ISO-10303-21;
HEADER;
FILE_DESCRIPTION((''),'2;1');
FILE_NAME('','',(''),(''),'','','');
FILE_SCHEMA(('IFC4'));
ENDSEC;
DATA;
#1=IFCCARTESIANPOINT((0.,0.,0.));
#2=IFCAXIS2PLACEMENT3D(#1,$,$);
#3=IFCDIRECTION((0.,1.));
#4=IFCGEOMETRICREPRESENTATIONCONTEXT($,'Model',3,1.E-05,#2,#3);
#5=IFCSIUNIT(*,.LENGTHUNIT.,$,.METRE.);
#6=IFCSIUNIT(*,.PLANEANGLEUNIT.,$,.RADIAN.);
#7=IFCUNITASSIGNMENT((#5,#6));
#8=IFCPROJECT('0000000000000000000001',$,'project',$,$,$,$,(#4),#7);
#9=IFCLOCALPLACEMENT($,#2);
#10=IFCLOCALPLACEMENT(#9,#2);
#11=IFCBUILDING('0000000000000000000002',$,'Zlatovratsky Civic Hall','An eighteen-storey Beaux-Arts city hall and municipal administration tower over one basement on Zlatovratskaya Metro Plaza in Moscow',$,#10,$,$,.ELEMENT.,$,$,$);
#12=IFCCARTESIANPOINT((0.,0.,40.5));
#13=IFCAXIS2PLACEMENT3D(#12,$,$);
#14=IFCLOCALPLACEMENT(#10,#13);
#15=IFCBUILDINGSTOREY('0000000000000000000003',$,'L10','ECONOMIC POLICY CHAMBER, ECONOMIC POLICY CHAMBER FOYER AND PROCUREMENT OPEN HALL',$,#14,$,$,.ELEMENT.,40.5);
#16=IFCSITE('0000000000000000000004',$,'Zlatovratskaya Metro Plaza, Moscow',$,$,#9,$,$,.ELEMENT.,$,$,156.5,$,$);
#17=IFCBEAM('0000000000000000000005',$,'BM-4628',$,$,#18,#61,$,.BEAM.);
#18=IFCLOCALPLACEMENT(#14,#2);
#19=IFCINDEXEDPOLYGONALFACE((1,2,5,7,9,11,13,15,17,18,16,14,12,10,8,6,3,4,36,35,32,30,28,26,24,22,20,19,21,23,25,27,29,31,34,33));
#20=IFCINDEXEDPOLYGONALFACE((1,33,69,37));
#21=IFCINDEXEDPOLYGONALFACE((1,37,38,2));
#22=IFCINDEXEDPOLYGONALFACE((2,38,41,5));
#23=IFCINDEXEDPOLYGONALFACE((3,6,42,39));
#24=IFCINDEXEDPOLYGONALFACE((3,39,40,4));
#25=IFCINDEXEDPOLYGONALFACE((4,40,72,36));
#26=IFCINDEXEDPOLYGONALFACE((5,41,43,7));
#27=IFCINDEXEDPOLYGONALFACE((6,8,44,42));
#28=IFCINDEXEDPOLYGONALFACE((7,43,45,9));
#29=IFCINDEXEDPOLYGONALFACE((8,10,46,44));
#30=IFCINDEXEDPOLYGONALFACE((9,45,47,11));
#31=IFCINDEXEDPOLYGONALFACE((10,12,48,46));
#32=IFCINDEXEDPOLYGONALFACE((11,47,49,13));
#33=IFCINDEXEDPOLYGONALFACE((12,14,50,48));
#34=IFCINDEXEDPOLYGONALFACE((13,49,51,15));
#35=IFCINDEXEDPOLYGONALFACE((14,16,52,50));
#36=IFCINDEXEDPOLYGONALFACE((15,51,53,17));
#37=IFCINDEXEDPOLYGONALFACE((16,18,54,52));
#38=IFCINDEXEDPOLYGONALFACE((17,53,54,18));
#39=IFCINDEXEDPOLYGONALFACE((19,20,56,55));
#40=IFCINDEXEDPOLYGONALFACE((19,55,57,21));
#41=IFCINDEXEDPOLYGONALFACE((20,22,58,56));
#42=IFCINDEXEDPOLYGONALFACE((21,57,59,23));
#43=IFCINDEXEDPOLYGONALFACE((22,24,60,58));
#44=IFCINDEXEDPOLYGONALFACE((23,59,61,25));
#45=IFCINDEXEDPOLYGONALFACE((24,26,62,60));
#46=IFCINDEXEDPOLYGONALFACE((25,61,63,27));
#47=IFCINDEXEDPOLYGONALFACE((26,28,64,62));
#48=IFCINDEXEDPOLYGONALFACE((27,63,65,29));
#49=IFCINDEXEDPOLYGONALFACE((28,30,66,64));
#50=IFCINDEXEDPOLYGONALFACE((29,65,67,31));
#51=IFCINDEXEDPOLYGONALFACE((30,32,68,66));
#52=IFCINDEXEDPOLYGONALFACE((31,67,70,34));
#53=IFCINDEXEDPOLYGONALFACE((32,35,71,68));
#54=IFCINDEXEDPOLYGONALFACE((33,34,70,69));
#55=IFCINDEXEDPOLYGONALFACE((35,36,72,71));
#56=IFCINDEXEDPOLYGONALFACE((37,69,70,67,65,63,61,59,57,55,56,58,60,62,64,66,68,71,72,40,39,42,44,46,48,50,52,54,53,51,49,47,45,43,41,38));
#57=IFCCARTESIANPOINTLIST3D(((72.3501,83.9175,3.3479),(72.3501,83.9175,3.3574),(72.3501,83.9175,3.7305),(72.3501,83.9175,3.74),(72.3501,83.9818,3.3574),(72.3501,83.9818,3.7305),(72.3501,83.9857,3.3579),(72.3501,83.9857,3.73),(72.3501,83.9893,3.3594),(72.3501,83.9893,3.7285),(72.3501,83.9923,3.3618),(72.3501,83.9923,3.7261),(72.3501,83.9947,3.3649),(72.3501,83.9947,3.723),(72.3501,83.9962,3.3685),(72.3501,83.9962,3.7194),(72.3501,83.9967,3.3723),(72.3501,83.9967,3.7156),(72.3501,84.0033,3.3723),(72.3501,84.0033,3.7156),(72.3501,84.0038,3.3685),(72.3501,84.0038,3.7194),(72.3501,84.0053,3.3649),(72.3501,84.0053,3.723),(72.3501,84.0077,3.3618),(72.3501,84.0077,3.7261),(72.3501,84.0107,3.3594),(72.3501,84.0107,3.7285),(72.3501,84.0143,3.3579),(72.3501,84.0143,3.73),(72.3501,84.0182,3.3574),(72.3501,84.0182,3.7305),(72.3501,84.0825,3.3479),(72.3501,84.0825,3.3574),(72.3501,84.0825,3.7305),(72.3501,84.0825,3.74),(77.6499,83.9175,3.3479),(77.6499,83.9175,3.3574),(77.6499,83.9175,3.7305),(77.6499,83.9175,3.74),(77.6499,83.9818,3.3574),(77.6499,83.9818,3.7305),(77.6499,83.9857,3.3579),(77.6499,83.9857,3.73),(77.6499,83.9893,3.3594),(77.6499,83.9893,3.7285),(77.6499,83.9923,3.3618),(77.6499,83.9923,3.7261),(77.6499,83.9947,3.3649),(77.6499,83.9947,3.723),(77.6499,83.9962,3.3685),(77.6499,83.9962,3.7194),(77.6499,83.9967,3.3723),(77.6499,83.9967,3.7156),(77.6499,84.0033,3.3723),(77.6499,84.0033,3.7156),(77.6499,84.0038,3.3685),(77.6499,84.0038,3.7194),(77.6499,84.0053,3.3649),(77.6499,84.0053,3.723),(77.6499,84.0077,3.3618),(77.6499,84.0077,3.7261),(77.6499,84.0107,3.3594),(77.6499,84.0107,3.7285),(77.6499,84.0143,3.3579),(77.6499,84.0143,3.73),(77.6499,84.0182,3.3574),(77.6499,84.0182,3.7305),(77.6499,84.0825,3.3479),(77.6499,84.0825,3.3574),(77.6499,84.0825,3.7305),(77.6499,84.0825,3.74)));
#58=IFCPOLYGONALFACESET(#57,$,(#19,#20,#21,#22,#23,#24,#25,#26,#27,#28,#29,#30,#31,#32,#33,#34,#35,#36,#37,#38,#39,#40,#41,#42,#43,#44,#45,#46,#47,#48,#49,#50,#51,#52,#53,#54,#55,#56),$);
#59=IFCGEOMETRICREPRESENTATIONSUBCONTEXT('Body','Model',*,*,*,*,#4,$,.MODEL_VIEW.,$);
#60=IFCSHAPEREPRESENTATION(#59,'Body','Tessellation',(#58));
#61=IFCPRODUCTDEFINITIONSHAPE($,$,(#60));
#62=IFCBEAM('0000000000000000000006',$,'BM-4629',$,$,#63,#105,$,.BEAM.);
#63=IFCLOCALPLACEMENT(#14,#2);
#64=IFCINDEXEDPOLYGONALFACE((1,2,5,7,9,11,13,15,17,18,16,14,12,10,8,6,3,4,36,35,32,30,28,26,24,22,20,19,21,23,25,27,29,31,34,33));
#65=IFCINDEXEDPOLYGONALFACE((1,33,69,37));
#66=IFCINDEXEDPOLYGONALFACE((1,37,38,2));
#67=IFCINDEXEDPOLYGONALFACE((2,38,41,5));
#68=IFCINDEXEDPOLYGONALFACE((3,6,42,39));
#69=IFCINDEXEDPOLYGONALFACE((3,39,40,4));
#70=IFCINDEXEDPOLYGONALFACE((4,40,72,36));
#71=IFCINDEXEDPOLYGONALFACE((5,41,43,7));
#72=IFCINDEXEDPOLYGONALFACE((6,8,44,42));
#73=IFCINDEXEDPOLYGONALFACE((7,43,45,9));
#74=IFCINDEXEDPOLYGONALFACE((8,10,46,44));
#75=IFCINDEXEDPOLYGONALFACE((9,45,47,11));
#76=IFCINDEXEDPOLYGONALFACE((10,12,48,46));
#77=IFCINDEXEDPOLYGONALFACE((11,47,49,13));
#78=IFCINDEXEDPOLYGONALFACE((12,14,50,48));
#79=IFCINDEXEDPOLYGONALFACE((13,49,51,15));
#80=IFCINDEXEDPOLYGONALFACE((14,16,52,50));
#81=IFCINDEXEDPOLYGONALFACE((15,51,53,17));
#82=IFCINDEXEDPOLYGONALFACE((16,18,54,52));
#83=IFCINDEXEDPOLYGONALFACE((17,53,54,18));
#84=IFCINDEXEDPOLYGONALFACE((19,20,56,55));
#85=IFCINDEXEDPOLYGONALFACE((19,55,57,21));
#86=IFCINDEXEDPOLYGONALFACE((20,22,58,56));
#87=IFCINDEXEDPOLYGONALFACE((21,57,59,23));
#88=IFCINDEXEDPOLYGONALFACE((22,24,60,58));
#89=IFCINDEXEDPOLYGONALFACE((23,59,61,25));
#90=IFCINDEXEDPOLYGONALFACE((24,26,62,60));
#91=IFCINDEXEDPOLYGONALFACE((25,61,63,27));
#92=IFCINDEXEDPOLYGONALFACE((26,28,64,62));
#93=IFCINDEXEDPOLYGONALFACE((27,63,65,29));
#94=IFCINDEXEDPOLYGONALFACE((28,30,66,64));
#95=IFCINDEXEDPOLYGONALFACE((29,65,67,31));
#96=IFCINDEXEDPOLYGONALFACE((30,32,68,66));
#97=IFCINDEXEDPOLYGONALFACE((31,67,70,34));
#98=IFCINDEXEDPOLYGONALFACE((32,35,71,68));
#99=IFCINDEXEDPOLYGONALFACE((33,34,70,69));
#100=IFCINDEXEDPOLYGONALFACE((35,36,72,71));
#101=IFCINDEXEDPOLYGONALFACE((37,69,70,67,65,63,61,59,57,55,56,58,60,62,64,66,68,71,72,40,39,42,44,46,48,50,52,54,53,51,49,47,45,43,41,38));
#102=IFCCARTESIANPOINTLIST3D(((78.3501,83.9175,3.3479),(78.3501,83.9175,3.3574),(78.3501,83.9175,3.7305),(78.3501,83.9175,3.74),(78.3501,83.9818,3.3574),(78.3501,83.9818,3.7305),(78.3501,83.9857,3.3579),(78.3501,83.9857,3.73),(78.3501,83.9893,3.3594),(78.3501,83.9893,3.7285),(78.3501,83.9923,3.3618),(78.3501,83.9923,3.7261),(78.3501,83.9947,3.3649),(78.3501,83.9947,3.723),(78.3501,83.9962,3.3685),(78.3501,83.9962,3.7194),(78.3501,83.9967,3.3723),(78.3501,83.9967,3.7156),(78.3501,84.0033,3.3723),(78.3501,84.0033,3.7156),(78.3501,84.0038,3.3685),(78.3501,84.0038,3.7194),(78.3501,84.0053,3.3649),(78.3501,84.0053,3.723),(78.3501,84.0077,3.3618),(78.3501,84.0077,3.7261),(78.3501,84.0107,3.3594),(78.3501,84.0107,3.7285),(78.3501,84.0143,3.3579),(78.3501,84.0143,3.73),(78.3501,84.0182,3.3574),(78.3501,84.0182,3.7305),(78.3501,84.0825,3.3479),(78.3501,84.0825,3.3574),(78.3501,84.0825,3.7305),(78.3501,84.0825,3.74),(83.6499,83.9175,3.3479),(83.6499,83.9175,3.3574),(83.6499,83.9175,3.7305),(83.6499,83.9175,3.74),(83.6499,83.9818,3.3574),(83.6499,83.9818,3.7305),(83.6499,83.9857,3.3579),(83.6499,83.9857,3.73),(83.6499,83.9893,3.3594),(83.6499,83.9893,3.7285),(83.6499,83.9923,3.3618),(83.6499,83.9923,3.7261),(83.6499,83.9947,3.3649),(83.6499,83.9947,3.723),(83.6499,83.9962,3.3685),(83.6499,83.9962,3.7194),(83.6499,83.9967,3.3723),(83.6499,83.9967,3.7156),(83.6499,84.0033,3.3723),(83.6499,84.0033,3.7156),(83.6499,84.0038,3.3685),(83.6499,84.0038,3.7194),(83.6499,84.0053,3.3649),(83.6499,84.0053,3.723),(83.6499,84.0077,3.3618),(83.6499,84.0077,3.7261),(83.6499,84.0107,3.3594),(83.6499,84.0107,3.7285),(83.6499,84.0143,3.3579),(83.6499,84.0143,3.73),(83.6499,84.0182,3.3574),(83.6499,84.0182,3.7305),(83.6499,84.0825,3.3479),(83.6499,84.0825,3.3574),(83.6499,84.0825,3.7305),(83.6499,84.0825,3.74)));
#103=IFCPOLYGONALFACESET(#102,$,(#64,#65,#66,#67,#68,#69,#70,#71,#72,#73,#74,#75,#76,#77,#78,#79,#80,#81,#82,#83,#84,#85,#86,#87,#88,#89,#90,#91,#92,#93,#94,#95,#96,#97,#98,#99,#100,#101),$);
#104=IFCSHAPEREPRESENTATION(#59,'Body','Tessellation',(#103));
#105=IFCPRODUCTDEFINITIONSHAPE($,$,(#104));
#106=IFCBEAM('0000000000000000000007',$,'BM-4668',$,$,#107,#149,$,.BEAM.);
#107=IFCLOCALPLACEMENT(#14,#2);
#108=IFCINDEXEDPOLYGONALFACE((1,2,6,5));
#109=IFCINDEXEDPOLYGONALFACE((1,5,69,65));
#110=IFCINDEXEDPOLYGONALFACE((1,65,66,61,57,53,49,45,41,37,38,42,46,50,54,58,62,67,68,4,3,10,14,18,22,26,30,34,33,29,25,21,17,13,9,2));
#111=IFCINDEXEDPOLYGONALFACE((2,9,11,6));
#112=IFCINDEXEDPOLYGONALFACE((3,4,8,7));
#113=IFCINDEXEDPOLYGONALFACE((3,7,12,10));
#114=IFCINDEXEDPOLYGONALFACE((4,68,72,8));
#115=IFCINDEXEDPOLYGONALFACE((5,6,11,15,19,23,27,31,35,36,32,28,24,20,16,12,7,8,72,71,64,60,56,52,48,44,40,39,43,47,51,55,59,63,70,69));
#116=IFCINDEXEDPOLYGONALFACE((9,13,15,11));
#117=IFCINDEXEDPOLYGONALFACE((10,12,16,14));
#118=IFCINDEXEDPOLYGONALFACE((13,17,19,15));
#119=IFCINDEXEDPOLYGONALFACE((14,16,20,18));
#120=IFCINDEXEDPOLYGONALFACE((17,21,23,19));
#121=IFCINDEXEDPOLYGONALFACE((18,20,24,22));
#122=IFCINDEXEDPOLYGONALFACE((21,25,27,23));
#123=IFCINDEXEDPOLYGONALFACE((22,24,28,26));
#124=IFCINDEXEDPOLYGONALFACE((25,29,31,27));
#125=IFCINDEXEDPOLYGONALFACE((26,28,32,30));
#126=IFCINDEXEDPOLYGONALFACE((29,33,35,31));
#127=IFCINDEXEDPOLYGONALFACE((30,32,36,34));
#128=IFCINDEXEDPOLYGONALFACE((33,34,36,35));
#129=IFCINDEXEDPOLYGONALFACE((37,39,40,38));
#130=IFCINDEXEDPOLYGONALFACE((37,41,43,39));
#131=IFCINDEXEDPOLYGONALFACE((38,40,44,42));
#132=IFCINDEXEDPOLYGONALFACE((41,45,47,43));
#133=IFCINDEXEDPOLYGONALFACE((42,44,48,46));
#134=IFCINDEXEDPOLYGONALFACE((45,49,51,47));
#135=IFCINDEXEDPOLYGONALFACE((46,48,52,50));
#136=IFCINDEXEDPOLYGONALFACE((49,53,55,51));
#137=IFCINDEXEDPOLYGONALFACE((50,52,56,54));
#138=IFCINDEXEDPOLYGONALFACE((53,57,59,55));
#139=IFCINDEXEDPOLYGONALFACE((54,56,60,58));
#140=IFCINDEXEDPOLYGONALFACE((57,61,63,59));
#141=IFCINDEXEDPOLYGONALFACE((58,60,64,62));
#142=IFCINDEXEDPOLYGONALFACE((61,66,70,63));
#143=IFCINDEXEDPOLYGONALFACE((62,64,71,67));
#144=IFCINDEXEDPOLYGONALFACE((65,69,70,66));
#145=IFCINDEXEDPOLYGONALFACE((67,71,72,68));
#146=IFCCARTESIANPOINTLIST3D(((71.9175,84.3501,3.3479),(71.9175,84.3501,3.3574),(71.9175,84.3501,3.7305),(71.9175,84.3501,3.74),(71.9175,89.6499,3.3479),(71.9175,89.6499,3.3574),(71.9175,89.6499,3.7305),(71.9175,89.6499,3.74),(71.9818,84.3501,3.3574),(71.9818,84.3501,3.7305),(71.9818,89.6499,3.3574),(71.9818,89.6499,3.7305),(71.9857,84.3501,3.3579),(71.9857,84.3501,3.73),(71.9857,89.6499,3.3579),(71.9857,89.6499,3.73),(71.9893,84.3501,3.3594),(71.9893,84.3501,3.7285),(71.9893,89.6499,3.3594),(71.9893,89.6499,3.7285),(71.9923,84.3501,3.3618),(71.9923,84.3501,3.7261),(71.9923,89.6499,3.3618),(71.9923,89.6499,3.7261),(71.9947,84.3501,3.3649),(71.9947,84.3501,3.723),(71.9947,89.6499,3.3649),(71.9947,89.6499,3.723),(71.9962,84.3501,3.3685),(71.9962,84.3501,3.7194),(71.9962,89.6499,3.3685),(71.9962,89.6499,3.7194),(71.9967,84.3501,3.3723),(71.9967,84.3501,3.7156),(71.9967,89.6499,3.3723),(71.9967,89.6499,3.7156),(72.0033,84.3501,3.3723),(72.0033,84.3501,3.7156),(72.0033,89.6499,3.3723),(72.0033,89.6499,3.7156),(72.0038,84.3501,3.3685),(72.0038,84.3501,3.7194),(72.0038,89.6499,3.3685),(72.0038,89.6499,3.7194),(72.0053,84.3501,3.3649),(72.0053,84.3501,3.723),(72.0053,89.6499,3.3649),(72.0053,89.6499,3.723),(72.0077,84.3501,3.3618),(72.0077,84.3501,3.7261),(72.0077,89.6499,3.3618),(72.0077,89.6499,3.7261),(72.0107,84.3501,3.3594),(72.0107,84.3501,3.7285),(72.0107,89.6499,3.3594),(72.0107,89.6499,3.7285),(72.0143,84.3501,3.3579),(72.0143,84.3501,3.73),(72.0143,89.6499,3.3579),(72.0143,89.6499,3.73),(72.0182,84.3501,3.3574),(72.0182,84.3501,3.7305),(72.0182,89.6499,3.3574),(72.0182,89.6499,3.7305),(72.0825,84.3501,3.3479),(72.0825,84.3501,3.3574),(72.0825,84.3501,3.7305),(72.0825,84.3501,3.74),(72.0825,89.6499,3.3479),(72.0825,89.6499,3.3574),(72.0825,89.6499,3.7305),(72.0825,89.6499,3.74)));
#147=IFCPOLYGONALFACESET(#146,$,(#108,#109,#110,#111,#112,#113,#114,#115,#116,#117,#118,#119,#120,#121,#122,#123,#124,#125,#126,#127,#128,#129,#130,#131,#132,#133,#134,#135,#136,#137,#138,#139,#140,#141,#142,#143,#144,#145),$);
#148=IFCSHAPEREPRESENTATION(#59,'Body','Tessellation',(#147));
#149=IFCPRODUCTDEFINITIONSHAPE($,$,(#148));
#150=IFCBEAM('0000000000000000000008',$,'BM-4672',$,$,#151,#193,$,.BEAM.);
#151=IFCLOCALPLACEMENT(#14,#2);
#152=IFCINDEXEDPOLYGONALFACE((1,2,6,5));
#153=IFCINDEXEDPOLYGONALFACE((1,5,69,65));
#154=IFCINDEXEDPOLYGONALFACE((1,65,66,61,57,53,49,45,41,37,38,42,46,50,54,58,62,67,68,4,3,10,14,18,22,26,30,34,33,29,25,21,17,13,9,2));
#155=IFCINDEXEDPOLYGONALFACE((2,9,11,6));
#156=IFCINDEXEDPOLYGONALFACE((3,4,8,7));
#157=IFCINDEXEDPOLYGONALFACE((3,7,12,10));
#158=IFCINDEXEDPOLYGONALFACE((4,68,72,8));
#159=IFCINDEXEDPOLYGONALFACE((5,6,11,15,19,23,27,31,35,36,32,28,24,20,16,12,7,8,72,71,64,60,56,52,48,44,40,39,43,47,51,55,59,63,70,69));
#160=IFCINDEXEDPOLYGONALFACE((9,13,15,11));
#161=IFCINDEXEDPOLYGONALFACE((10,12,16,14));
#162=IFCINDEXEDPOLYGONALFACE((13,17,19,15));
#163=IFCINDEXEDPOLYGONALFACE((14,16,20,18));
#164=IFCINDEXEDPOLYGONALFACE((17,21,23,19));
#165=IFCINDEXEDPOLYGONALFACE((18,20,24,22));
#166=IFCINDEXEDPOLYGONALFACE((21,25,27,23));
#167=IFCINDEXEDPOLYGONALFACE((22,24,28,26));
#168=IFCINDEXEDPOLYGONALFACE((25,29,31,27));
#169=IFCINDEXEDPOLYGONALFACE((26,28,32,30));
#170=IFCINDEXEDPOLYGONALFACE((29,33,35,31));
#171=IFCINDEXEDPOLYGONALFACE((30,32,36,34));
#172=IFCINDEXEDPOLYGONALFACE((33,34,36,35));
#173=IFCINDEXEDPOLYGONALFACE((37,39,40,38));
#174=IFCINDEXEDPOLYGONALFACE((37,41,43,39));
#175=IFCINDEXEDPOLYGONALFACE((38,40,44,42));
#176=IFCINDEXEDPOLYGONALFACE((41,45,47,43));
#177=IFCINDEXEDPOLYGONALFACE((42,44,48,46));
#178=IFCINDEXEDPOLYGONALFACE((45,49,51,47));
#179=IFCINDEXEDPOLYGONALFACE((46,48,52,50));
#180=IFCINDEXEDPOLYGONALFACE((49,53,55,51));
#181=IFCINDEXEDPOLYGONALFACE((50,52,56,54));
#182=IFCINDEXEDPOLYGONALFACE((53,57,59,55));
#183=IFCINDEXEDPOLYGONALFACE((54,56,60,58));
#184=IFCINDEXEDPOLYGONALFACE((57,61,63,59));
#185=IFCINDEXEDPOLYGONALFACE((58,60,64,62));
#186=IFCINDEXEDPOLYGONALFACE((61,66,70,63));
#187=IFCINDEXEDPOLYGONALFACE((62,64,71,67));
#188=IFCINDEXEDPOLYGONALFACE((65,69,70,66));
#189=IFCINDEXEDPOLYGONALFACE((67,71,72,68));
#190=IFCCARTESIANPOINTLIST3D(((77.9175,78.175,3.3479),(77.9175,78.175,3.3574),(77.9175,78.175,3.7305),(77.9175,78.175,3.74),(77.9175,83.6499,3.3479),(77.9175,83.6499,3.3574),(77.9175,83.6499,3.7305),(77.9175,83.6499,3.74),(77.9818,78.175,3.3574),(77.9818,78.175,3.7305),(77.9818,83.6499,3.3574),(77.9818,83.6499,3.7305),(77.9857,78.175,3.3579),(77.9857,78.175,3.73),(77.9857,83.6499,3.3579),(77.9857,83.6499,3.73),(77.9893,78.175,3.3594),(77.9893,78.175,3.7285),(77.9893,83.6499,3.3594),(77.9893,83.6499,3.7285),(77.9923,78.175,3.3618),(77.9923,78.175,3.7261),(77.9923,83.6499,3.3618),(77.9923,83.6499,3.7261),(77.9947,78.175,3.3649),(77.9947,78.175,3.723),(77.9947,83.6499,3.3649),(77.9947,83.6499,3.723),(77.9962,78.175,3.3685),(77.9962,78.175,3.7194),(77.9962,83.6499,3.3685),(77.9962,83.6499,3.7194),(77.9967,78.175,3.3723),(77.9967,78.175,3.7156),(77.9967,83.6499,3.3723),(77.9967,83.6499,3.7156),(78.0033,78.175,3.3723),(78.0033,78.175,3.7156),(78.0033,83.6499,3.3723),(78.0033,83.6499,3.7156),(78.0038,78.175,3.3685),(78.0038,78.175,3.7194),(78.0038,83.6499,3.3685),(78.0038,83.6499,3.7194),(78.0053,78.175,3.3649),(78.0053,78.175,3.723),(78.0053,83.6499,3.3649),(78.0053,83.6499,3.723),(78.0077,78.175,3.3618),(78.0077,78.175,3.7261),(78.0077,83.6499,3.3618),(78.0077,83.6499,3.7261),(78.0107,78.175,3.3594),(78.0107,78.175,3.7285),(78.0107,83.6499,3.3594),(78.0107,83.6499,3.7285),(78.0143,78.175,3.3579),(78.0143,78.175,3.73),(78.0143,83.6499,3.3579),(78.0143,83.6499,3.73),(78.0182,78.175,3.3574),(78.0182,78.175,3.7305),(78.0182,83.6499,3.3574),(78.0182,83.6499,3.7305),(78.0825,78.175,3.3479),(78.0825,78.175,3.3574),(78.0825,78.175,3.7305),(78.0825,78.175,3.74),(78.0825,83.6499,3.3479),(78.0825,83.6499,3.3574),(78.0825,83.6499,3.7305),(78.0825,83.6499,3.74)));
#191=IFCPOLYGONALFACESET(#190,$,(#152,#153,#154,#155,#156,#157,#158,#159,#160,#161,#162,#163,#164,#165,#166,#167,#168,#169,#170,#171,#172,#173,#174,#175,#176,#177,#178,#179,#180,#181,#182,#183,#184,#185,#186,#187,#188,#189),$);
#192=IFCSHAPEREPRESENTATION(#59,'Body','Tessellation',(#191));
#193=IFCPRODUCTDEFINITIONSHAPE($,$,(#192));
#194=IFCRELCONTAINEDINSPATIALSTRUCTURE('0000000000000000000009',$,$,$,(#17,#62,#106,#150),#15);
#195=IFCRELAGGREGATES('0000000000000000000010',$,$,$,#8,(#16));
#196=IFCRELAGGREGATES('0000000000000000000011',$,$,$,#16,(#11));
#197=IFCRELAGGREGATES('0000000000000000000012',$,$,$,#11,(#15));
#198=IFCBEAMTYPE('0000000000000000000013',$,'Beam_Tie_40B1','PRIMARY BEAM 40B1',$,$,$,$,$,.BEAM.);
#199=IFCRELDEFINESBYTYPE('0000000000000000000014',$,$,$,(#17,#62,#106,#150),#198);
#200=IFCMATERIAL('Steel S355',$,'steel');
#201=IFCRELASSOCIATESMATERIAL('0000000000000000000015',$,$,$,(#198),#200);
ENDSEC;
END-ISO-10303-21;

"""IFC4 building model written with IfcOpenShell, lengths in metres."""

from ifc_helpers import new_model, si_unit, direction, frame, origin, origin_2d, place, context, subcontext, project, spatial, i_section, extrude, material, material_profile, profile_set, type_object, element, save


model = new_model("IFC4")

# Units and contexts
model_context = context("Model", 3, precision=1e-05, world=origin(), true_north=direction((0.0, 1.0)))
body_context = subcontext(model_context, "Body", "Model", "MODEL_VIEW")
ifc_project = project(units=[si_unit("LENGTHUNIT", "METRE"), si_unit("PLANEANGLEUNIT", "RADIAN")], contexts=[model_context])

# Site, building, storey
site_placement = place(None, origin())
site = spatial("IfcSite", under=ifc_project, at=site_placement, Name="Zlatovratskaya Metro Plaza, Moscow", CompositionType="ELEMENT", RefElevation=156.5)
building_placement = place(site_placement, origin())
building = spatial("IfcBuilding", under=site, at=building_placement, Name="Zlatovratsky Civic Hall", Description="An eighteen-storey Beaux-Arts city hall and municipal administration tower over one basement on Zlatovratskaya Metro Plaza in Moscow", CompositionType="ELEMENT")
storey_placement = place(building_placement, frame((0.0, 0.0, 40.5)))
storey = spatial("IfcBuildingStorey", under=building, at=storey_placement, Name="L10", Description="ECONOMIC POLICY CHAMBER, ECONOMIC POLICY CHAMBER FOYER AND PROCUREMENT OPEN HALL", CompositionType="ELEMENT", Elevation=40.5)

# Shared definitions
ifc_material_1 = material(Name="Steel S355", Category="steel")

# Beams
ifc_material_profile_1 = material_profile(ifc_material_1, i_section(OverallWidth=0.165, OverallDepth=0.3921, WebThickness=0.0066, FlangeThickness=0.0095, FilletRadius=0.0149, at=origin_2d()), Name="40B1")
ifc_profile_set_1 = profile_set([ifc_material_profile_1], Name="Steel S355")
beam_type = type_object("IfcBeamType", Name="Beam_Tie_40B1", Description="PRIMARY BEAM 40B1", PredefinedType="BEAM", material=ifc_profile_set_1)
for number, where, z_axis, x_axis, name in (
    (1, (72.3501, 84.0, 3.5439), (1.0, 0.0, 0.0), (0.0, 1.0, 0.0), "BM-4628"),
    (2, (78.3501, 84.0, 3.5439), (1.0, 0.0, 0.0), (0.0, 1.0, 0.0), "BM-4629"),
    (3, (72.0, 84.3501, 3.5439), (0.0, 1.0, 0.0), (-1.0, 0.0, 0.0), "BM-4668"),
):
    element("IfcBeam", number, at=place(storey_placement, frame(where, z_axis=z_axis, x_axis=x_axis)), inside=storey, type_object=beam_type, Name=name, PredefinedType="BEAM", context=body_context, shape_type="SweptSolid", body=[
        extrude(i_section(OverallWidth=0.165, OverallDepth=0.3921, WebThickness=0.0066, FlangeThickness=0.0095, FilletRadius=0.0149, at=origin_2d()), origin(), (0.0, 0.0, 1.0), 5.2998),
    ])
beam_1_placement = place(storey_placement, frame((78.0, 78.175, 3.5439), z_axis=(0.0, 1.0, 0.0), x_axis=(-1.0, 0.0, 0.0)))
element("IfcBeam", 4, at=beam_1_placement, inside=storey, type_object=beam_type, Name="BM-4672", PredefinedType="BEAM", context=body_context, shape_type="SweptSolid", body=[
    extrude(i_section(OverallWidth=0.165, OverallDepth=0.3921, WebThickness=0.0066, FlangeThickness=0.0095, FilletRadius=0.0149, at=origin_2d()), origin(), (0.0, 0.0, 1.0), 5.4749),
])

save(model, "model.ifc")
